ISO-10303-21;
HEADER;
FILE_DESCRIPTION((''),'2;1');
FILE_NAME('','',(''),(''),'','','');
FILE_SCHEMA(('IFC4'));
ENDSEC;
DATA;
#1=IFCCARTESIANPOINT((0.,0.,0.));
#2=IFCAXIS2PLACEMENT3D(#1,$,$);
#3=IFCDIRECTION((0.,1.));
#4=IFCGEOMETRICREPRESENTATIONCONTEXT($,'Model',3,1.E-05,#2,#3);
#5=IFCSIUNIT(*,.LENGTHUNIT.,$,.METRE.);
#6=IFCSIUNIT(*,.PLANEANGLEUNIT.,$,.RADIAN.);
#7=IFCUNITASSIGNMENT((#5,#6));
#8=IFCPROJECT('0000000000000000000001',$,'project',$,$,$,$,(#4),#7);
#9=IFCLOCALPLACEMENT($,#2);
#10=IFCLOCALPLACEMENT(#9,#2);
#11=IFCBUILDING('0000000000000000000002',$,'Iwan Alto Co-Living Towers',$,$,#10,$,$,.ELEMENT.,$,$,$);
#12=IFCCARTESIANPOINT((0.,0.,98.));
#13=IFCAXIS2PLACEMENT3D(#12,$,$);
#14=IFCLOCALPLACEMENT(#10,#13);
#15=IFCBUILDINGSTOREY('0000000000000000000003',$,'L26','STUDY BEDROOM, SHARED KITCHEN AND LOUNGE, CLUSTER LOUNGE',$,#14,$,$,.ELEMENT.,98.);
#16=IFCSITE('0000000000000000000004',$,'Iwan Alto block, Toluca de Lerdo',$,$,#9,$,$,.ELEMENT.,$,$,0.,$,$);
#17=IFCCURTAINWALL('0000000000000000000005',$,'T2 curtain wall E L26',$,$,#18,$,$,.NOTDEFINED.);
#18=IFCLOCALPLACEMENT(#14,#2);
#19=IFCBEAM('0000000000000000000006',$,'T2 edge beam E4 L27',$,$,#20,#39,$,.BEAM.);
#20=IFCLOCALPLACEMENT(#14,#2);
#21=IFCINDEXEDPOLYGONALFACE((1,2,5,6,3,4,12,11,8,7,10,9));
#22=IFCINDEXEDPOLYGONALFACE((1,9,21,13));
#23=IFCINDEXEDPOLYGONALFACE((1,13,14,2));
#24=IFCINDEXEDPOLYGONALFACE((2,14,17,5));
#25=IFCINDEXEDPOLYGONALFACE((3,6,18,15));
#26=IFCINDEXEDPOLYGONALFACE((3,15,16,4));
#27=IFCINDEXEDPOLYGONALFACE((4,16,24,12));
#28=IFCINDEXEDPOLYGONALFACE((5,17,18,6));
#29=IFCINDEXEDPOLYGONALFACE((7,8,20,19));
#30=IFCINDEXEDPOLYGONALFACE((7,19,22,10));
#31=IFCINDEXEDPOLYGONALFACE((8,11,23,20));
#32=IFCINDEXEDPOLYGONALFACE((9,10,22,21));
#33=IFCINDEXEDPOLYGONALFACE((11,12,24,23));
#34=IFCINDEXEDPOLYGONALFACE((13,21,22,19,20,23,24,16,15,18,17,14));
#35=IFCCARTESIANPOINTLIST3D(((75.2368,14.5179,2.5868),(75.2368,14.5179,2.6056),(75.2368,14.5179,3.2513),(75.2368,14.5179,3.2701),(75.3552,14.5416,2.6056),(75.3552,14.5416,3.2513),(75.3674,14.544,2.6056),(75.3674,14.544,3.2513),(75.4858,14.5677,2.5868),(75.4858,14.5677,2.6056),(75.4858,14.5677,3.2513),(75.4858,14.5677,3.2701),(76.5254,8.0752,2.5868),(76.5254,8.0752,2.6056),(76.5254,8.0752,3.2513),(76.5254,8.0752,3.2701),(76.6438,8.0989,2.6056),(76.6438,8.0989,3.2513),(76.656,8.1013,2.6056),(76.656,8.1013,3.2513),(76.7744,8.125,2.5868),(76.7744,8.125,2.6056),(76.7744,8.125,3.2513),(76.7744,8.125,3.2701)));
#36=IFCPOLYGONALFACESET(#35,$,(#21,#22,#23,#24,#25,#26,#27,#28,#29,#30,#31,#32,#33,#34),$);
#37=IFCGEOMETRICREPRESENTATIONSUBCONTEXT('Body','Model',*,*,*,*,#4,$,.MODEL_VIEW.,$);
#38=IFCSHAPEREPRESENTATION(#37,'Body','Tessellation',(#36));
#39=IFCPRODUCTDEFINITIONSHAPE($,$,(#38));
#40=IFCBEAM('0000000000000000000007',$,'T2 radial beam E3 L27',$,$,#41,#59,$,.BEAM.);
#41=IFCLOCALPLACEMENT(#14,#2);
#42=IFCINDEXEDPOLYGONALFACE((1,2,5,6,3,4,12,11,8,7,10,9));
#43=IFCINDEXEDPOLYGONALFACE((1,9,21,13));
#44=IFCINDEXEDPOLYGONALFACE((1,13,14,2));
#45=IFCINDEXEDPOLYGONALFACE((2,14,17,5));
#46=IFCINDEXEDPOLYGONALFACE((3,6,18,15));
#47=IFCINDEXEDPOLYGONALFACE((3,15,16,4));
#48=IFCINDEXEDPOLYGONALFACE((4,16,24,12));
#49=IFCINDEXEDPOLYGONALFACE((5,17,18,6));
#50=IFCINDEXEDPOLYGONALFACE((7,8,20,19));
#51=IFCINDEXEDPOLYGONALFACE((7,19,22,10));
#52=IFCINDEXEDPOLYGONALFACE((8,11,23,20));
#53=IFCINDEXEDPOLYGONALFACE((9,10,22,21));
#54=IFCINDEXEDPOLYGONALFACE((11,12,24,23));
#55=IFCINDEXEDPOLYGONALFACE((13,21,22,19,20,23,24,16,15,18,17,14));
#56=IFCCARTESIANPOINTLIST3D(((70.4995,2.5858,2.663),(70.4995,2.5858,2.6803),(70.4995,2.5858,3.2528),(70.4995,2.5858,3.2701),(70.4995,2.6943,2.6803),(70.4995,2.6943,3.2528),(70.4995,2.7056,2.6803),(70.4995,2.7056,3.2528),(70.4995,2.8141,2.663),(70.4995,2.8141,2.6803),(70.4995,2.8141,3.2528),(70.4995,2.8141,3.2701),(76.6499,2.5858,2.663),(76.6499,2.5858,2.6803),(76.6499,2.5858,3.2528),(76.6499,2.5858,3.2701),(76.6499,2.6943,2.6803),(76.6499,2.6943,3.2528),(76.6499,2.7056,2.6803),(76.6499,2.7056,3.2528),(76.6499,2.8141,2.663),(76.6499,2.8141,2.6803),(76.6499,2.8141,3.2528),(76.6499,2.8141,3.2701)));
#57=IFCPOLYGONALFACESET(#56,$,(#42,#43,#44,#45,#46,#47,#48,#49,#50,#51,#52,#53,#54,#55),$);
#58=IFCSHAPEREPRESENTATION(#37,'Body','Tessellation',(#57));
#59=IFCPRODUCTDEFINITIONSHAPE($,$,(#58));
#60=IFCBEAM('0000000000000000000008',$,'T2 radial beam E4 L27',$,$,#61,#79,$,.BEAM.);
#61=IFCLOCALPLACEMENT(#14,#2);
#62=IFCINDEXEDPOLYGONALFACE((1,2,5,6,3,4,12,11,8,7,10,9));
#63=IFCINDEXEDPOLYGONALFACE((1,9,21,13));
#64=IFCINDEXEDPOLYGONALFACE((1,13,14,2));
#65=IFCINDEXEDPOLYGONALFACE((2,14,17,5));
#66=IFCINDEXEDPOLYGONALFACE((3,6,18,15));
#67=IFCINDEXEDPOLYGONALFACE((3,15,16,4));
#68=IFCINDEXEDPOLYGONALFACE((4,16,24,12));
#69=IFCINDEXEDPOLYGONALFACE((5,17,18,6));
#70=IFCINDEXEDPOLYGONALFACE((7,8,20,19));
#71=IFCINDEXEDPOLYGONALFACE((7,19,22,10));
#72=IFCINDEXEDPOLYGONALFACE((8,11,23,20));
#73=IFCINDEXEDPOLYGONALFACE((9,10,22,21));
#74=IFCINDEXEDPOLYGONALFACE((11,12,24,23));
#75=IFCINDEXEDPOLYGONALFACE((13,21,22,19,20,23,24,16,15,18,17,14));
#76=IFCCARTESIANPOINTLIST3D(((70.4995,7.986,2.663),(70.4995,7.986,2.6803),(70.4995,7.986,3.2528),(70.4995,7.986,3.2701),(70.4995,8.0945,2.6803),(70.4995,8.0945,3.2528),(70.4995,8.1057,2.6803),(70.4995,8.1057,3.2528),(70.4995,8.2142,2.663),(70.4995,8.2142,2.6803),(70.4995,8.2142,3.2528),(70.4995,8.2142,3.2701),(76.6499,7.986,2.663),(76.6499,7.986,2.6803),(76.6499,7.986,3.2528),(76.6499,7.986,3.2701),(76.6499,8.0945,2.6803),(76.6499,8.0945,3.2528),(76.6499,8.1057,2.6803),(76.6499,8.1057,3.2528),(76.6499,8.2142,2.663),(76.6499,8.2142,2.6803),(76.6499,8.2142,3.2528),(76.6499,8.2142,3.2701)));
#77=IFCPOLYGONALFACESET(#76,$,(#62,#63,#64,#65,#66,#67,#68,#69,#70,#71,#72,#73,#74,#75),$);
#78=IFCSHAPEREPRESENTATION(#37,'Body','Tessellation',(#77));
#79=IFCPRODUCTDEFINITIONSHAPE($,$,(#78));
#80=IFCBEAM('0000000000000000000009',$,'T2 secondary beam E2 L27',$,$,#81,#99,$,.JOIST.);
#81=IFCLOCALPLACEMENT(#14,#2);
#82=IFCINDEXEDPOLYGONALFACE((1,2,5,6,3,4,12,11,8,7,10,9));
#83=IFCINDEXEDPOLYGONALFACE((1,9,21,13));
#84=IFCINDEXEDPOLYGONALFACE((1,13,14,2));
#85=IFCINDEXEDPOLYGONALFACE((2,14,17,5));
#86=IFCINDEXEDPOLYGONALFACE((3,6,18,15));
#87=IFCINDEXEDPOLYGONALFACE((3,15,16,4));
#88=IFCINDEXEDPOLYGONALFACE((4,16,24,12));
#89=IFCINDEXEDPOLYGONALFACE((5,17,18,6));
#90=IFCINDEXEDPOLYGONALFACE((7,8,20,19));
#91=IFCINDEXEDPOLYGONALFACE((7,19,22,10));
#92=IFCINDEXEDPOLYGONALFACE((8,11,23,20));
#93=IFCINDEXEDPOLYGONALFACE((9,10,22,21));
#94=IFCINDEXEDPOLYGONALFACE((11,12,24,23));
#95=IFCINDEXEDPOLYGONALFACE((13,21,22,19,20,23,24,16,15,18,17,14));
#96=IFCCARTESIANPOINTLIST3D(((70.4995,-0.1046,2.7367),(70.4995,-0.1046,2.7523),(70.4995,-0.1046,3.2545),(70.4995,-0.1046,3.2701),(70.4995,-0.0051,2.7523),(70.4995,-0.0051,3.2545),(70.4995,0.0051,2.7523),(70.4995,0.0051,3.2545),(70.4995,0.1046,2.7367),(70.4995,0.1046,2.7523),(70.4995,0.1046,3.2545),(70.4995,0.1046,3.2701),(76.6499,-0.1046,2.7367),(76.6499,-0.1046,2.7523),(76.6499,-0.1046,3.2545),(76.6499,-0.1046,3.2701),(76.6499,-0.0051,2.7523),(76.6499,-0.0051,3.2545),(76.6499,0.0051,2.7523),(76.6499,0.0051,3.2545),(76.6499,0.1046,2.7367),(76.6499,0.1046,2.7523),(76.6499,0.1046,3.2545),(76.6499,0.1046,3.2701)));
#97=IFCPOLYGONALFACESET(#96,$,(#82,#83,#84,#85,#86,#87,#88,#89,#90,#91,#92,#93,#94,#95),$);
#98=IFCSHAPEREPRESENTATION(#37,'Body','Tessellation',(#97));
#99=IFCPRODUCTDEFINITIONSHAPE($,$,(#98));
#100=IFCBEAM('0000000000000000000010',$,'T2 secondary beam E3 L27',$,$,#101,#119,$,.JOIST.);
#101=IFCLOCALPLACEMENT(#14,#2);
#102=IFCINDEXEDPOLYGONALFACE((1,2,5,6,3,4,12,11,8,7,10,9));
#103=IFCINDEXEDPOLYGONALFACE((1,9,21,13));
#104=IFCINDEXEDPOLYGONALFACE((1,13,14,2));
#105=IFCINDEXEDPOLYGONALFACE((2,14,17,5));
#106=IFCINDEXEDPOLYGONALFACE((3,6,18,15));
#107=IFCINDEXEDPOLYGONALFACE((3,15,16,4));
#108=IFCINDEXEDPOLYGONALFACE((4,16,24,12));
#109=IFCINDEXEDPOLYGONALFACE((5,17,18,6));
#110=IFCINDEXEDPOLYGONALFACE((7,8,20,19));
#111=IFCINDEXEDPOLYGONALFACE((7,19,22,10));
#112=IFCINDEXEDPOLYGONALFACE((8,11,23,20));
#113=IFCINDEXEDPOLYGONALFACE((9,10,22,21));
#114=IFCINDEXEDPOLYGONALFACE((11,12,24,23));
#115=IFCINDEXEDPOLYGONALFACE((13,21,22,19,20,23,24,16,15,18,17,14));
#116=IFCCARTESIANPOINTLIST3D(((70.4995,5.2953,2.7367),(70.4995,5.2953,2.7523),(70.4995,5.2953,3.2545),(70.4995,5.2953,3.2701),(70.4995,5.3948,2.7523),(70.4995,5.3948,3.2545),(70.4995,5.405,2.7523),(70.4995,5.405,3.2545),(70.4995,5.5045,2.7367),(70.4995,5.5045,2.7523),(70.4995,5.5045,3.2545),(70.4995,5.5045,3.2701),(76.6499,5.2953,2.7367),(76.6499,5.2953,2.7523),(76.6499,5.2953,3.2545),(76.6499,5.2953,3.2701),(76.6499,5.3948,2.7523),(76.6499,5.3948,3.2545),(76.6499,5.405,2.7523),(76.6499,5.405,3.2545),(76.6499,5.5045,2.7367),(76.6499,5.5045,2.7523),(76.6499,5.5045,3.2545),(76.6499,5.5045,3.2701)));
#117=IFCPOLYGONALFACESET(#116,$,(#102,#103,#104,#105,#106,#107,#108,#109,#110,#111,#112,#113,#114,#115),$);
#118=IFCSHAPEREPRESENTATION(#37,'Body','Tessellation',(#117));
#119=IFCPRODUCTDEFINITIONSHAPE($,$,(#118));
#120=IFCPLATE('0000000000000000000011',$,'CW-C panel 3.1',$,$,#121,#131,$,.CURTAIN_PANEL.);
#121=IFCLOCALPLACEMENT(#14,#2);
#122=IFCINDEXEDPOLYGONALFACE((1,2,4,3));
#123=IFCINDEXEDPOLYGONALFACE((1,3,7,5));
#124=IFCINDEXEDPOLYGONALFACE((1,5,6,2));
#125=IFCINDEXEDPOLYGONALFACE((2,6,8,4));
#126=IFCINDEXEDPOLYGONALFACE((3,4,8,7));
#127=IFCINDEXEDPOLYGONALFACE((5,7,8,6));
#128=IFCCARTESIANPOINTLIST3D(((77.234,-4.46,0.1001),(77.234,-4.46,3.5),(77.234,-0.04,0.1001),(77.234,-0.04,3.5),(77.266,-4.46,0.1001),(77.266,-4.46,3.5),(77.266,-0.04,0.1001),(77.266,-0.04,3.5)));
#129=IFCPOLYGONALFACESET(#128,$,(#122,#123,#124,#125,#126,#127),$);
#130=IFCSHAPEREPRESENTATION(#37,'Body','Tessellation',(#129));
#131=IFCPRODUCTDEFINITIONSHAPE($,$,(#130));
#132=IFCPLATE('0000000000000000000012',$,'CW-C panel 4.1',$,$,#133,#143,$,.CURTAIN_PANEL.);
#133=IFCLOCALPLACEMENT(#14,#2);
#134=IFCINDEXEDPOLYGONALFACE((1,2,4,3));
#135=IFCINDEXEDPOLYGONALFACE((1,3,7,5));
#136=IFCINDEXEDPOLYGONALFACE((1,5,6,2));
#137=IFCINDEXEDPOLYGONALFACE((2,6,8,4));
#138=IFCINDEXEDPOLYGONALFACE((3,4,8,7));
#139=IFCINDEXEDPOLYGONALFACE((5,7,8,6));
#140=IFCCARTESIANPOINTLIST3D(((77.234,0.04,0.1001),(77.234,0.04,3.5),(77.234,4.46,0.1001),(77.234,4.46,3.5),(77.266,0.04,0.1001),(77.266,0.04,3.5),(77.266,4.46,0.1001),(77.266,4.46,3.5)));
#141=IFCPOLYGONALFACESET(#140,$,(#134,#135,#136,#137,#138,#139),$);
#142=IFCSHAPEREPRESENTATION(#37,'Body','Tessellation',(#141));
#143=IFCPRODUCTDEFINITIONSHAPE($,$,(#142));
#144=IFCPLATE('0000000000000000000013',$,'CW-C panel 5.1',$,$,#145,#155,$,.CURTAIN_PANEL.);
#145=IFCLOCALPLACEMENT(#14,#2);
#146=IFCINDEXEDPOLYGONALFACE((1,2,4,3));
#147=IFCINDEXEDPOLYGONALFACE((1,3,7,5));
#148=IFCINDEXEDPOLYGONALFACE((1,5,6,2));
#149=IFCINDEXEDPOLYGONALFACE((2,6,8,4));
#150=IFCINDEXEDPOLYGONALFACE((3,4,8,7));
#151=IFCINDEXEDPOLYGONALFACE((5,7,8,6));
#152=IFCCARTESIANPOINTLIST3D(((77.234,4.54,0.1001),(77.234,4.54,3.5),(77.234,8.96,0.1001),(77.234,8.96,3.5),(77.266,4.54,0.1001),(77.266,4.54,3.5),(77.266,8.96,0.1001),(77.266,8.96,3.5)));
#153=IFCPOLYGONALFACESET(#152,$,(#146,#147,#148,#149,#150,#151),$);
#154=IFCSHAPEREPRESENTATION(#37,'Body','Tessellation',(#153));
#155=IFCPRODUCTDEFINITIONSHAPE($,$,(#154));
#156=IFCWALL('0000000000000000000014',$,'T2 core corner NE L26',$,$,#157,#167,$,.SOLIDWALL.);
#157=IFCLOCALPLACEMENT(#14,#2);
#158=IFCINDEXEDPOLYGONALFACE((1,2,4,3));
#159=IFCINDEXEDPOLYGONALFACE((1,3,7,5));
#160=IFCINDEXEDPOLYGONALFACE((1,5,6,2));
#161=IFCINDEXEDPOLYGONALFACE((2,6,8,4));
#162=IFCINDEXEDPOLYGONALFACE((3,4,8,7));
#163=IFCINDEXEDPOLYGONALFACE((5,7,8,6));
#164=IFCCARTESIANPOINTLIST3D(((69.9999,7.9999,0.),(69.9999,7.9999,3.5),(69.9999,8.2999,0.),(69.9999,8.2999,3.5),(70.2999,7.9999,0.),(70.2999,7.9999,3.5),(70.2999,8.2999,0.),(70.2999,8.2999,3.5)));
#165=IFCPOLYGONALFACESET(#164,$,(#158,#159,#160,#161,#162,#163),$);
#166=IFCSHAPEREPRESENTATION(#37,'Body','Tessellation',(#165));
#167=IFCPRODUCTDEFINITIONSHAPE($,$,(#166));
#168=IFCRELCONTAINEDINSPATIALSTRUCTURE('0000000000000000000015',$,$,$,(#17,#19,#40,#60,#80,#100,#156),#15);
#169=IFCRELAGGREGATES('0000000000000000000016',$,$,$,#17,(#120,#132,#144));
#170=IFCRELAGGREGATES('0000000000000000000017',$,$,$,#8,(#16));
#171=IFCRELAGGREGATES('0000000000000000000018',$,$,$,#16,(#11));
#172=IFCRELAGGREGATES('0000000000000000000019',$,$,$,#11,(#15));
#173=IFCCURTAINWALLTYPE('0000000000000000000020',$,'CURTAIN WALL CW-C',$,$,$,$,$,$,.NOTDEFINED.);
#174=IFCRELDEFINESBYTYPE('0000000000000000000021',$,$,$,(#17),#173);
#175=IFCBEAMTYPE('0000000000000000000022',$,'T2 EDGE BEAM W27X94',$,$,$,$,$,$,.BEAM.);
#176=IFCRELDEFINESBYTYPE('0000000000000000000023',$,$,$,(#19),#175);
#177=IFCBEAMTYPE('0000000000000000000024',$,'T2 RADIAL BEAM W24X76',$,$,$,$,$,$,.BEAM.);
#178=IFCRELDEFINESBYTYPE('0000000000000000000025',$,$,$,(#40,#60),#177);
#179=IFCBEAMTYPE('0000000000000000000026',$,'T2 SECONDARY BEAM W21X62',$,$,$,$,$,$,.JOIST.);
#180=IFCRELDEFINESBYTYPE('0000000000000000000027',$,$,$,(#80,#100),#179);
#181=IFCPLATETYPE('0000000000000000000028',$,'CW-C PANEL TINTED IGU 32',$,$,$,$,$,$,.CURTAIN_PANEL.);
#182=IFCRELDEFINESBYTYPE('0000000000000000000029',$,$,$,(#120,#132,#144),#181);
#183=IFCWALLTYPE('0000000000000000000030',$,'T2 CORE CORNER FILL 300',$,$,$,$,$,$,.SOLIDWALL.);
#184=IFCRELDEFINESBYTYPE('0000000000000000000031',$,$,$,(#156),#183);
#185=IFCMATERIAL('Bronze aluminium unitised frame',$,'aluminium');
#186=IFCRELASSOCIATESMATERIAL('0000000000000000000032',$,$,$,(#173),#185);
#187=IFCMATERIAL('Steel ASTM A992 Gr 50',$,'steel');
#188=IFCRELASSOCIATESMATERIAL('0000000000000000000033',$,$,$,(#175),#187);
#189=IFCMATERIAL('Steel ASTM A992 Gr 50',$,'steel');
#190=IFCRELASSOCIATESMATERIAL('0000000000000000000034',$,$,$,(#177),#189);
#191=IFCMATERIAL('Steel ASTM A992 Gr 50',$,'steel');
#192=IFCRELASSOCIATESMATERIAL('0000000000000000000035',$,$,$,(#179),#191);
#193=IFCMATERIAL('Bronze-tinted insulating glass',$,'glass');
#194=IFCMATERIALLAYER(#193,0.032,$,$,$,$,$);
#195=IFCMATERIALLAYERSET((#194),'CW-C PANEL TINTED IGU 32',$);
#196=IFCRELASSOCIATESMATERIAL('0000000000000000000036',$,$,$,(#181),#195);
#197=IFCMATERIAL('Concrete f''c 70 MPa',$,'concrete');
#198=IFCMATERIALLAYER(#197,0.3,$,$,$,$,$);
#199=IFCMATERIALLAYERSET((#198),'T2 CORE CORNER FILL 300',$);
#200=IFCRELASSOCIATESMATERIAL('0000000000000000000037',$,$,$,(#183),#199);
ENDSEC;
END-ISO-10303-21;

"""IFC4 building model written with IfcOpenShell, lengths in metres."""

from ifc_helpers import new_model, si_unit, direction, frame, frame_2d, origin, origin_2d, place, context, subcontext, project, spatial, rectangle, i_section, extrude, material, layer, layer_set, material_profile, profile_set, type_object, element, aggregate, save


model = new_model("IFC4")

# Units and contexts
model_context = context("Model", 3, precision=1e-05, world=origin(), true_north=direction((0.0, 1.0)))
body_context = subcontext(model_context, "Body", "Model", "MODEL_VIEW")
ifc_project = project(units=[si_unit("LENGTHUNIT", "METRE"), si_unit("PLANEANGLEUNIT", "RADIAN")], contexts=[model_context])

# Site, building, storey
site_placement = place(None, origin())
site = spatial("IfcSite", under=ifc_project, at=site_placement, Name="Iwan Alto block, Toluca de Lerdo", CompositionType="ELEMENT", RefElevation=0.0)
building_placement = place(site_placement, origin())
building = spatial("IfcBuilding", under=site, at=building_placement, Name="Iwan Alto Co-Living Towers", CompositionType="ELEMENT")
storey_placement = place(building_placement, frame((0.0, 0.0, 98.0)))
storey = spatial("IfcBuildingStorey", under=building, at=storey_placement, Name="L26", Description="STUDY BEDROOM, SHARED KITCHEN AND LOUNGE, CLUSTER LOUNGE", CompositionType="ELEMENT", Elevation=98.0)

# Curtain wall
ifc_material_1 = material(Name="Bronze aluminium unitised frame", Category="aluminium")
curtain_wall_type = type_object("IfcCurtainWallType", Name="CURTAIN WALL CW-C", PredefinedType="NOTDEFINED", material=ifc_material_1)
curtain_wall_placement = place(storey_placement, origin())
curtain_wall = element("IfcCurtainWall", 1, at=curtain_wall_placement, inside=storey, type_object=curtain_wall_type, Name="T2 curtain wall E L26", PredefinedType="NOTDEFINED")

# Beams
ifc_material_2 = material(Name="Steel ASTM A992 Gr 50", Category="steel")
ifc_material_profile_1 = material_profile(ifc_material_2, i_section(OverallWidth=0.2539, OverallDepth=0.6833, WebThickness=0.0125, FlangeThickness=0.0188, at=origin_2d()), Name="W27X94")
ifc_profile_set_1 = profile_set([ifc_material_profile_1], Name="Steel ASTM A992 Gr 50")
beam_type_1 = type_object("IfcBeamType", Name="T2 EDGE BEAM W27X94", PredefinedType="BEAM", material=ifc_profile_set_1)
beam_1_placement = place(storey_placement, frame((76.6499, 8.1001, 2.9285), z_axis=(-0.196123, 0.980579, 0.0), x_axis=(-0.980579, -0.196123, 0.0)))
element("IfcBeam", 2, at=beam_1_placement, inside=storey, type_object=beam_type_1, Name="T2 edge beam E4 L27", PredefinedType="BEAM", context=body_context, shape_type="SweptSolid", body=[
    extrude(i_section(OverallWidth=0.2539, OverallDepth=0.6833, WebThickness=0.0125, FlangeThickness=0.0188, at=origin_2d()), origin(), (0.0, 0.0, 1.0), 6.5703),
])
ifc_material_3 = material(Name="Steel ASTM A992 Gr 50", Category="steel")
ifc_material_profile_2 = material_profile(ifc_material_3, i_section(OverallWidth=0.2283, OverallDepth=0.6072, WebThickness=0.0112, FlangeThickness=0.0173, at=origin_2d()), Name="W24X76")
ifc_profile_set_2 = profile_set([ifc_material_profile_2], Name="Steel ASTM A992 Gr 50")
beam_type_2 = type_object("IfcBeamType", Name="T2 RADIAL BEAM W24X76", PredefinedType="BEAM", material=ifc_profile_set_2)
for number, where, z_axis, x_axis, name in (
    (3, (76.6499, 2.7, 2.9666), (-1.0, 0.0, 0.0), (0.0, -1.0, 0.0), "T2 radial beam E3 L27"),
    (4, (76.6499, 8.1001, 2.9666), (-1.0, 0.0, 0.0), (0.0, -1.0, 0.0), "T2 radial beam E4 L27"),
):
    element("IfcBeam", number, at=place(storey_placement, frame(where, z_axis=z_axis, x_axis=x_axis)), inside=storey, type_object=beam_type_2, Name=name, PredefinedType="BEAM", context=body_context, shape_type="SweptSolid", body=[
        extrude(i_section(OverallWidth=0.2283, OverallDepth=0.6072, WebThickness=0.0112, FlangeThickness=0.0173, at=origin_2d()), origin(), (0.0, 0.0, 1.0), 6.1504),
    ])
ifc_material_4 = material(Name="Steel ASTM A992 Gr 50", Category="steel")
ifc_material_profile_3 = material_profile(ifc_material_4, i_section(OverallWidth=0.2092, OverallDepth=0.5334, WebThickness=0.0103, FlangeThickness=0.0156, at=origin_2d()), Name="W21X62")
ifc_profile_set_3 = profile_set([ifc_material_profile_3], Name="Steel ASTM A992 Gr 50")
beam_type_3 = type_object("IfcBeamType", Name="T2 SECONDARY BEAM W21X62", PredefinedType="JOIST", material=ifc_profile_set_3)
for number, where, z_axis, x_axis, name in (
    (5, (76.6499, 0.0, 3.0034), (-1.0, 0.0, 0.0), (0.0, -1.0, 0.0), "T2 secondary beam E2 L27"),
    (6, (76.6499, 5.3999, 3.0034), (-1.0, 0.0, 0.0), (0.0, -1.0, 0.0), "T2 secondary beam E3 L27"),
):
    element("IfcBeam", number, at=place(storey_placement, frame(where, z_axis=z_axis, x_axis=x_axis)), inside=storey, type_object=beam_type_3, Name=name, PredefinedType="JOIST", context=body_context, shape_type="SweptSolid", body=[
        extrude(i_section(OverallWidth=0.2092, OverallDepth=0.5334, WebThickness=0.0103, FlangeThickness=0.0156, at=origin_2d()), origin(), (0.0, 0.0, 1.0), 6.1504),
    ])

# Plates
ifc_material_5 = material(Name="Bronze-tinted insulating glass", Category="glass")
ifc_layer_1 = layer(ifc_material_5, 0.032)
ifc_layer_set_1 = layer_set([ifc_layer_1], Name="CW-C PANEL TINTED IGU 32")
plate_type = type_object("IfcPlateType", Name="CW-C PANEL TINTED IGU 32", PredefinedType="CURTAIN_PANEL", material=ifc_layer_set_1)
plate_1_placement = place(storey_placement, frame((77.25, -2.25, 0.1001), z_axis=(0.0, 0.0, 1.0), x_axis=(0.0, 1.0, 0.0)))
plate_1 = element("IfcPlate", 7, at=plate_1_placement, type_object=plate_type, Name="CW-C panel 3.1", PredefinedType="CURTAIN_PANEL", context=body_context, shape_type="SweptSolid", body=[
    extrude(rectangle(XDim=4.4199, YDim=0.032, at=origin_2d()), origin(), (0.0, 0.0, 1.0), 3.3999),
])
plate_2_placement = place(storey_placement, frame((77.25, 2.25, 0.1001), z_axis=(0.0, 0.0, 1.0), x_axis=(0.0, 1.0, 0.0)))
plate_2 = element("IfcPlate", 8, at=plate_2_placement, type_object=plate_type, Name="CW-C panel 4.1", PredefinedType="CURTAIN_PANEL", context=body_context, shape_type="SweptSolid", body=[
    extrude(rectangle(XDim=4.4199, YDim=0.032, at=origin_2d()), origin(), (0.0, 0.0, 1.0), 3.3999),
])
plate_3_placement = place(storey_placement, frame((77.25, 6.75, 0.1001), z_axis=(0.0, 0.0, 1.0), x_axis=(0.0, 1.0, 0.0)))
plate_3 = element("IfcPlate", 9, at=plate_3_placement, type_object=plate_type, Name="CW-C panel 5.1", PredefinedType="CURTAIN_PANEL", context=body_context, shape_type="SweptSolid", body=[
    extrude(rectangle(XDim=4.4199, YDim=0.032, at=origin_2d()), origin(), (0.0, 0.0, 1.0), 3.3999),
])
aggregate(curtain_wall, [plate_1, plate_2, plate_3])

# Wall
ifc_material_6 = material(Name="Concrete f'c 70 MPa", Category="concrete")
ifc_layer_2 = layer(ifc_material_6, 0.3)
ifc_layer_set_2 = layer_set([ifc_layer_2], Name="T2 CORE CORNER FILL 300")
wall_type_1 = type_object("IfcWallType", Name="T2 CORE CORNER FILL 300", PredefinedType="SOLIDWALL", material=ifc_layer_set_2)
wall_1_placement = place(storey_placement, frame((70.0, 8.1499, 0.0), z_axis=(0.0, 0.0, 1.0), x_axis=(1.0, 0.0, 0.0)))
element("IfcWall", 10, at=wall_1_placement, inside=storey, type_object=wall_type_1, Name="T2 core corner NE L26", PredefinedType="SOLIDWALL", context=body_context, shape_type="SweptSolid", body=[
    extrude(rectangle(XDim=0.3, YDim=0.3, at=frame_2d((0.1499, 0.0))), origin(), (0.0, 0.0, 1.0), 3.5),
])

save(model, "model.ifc")
